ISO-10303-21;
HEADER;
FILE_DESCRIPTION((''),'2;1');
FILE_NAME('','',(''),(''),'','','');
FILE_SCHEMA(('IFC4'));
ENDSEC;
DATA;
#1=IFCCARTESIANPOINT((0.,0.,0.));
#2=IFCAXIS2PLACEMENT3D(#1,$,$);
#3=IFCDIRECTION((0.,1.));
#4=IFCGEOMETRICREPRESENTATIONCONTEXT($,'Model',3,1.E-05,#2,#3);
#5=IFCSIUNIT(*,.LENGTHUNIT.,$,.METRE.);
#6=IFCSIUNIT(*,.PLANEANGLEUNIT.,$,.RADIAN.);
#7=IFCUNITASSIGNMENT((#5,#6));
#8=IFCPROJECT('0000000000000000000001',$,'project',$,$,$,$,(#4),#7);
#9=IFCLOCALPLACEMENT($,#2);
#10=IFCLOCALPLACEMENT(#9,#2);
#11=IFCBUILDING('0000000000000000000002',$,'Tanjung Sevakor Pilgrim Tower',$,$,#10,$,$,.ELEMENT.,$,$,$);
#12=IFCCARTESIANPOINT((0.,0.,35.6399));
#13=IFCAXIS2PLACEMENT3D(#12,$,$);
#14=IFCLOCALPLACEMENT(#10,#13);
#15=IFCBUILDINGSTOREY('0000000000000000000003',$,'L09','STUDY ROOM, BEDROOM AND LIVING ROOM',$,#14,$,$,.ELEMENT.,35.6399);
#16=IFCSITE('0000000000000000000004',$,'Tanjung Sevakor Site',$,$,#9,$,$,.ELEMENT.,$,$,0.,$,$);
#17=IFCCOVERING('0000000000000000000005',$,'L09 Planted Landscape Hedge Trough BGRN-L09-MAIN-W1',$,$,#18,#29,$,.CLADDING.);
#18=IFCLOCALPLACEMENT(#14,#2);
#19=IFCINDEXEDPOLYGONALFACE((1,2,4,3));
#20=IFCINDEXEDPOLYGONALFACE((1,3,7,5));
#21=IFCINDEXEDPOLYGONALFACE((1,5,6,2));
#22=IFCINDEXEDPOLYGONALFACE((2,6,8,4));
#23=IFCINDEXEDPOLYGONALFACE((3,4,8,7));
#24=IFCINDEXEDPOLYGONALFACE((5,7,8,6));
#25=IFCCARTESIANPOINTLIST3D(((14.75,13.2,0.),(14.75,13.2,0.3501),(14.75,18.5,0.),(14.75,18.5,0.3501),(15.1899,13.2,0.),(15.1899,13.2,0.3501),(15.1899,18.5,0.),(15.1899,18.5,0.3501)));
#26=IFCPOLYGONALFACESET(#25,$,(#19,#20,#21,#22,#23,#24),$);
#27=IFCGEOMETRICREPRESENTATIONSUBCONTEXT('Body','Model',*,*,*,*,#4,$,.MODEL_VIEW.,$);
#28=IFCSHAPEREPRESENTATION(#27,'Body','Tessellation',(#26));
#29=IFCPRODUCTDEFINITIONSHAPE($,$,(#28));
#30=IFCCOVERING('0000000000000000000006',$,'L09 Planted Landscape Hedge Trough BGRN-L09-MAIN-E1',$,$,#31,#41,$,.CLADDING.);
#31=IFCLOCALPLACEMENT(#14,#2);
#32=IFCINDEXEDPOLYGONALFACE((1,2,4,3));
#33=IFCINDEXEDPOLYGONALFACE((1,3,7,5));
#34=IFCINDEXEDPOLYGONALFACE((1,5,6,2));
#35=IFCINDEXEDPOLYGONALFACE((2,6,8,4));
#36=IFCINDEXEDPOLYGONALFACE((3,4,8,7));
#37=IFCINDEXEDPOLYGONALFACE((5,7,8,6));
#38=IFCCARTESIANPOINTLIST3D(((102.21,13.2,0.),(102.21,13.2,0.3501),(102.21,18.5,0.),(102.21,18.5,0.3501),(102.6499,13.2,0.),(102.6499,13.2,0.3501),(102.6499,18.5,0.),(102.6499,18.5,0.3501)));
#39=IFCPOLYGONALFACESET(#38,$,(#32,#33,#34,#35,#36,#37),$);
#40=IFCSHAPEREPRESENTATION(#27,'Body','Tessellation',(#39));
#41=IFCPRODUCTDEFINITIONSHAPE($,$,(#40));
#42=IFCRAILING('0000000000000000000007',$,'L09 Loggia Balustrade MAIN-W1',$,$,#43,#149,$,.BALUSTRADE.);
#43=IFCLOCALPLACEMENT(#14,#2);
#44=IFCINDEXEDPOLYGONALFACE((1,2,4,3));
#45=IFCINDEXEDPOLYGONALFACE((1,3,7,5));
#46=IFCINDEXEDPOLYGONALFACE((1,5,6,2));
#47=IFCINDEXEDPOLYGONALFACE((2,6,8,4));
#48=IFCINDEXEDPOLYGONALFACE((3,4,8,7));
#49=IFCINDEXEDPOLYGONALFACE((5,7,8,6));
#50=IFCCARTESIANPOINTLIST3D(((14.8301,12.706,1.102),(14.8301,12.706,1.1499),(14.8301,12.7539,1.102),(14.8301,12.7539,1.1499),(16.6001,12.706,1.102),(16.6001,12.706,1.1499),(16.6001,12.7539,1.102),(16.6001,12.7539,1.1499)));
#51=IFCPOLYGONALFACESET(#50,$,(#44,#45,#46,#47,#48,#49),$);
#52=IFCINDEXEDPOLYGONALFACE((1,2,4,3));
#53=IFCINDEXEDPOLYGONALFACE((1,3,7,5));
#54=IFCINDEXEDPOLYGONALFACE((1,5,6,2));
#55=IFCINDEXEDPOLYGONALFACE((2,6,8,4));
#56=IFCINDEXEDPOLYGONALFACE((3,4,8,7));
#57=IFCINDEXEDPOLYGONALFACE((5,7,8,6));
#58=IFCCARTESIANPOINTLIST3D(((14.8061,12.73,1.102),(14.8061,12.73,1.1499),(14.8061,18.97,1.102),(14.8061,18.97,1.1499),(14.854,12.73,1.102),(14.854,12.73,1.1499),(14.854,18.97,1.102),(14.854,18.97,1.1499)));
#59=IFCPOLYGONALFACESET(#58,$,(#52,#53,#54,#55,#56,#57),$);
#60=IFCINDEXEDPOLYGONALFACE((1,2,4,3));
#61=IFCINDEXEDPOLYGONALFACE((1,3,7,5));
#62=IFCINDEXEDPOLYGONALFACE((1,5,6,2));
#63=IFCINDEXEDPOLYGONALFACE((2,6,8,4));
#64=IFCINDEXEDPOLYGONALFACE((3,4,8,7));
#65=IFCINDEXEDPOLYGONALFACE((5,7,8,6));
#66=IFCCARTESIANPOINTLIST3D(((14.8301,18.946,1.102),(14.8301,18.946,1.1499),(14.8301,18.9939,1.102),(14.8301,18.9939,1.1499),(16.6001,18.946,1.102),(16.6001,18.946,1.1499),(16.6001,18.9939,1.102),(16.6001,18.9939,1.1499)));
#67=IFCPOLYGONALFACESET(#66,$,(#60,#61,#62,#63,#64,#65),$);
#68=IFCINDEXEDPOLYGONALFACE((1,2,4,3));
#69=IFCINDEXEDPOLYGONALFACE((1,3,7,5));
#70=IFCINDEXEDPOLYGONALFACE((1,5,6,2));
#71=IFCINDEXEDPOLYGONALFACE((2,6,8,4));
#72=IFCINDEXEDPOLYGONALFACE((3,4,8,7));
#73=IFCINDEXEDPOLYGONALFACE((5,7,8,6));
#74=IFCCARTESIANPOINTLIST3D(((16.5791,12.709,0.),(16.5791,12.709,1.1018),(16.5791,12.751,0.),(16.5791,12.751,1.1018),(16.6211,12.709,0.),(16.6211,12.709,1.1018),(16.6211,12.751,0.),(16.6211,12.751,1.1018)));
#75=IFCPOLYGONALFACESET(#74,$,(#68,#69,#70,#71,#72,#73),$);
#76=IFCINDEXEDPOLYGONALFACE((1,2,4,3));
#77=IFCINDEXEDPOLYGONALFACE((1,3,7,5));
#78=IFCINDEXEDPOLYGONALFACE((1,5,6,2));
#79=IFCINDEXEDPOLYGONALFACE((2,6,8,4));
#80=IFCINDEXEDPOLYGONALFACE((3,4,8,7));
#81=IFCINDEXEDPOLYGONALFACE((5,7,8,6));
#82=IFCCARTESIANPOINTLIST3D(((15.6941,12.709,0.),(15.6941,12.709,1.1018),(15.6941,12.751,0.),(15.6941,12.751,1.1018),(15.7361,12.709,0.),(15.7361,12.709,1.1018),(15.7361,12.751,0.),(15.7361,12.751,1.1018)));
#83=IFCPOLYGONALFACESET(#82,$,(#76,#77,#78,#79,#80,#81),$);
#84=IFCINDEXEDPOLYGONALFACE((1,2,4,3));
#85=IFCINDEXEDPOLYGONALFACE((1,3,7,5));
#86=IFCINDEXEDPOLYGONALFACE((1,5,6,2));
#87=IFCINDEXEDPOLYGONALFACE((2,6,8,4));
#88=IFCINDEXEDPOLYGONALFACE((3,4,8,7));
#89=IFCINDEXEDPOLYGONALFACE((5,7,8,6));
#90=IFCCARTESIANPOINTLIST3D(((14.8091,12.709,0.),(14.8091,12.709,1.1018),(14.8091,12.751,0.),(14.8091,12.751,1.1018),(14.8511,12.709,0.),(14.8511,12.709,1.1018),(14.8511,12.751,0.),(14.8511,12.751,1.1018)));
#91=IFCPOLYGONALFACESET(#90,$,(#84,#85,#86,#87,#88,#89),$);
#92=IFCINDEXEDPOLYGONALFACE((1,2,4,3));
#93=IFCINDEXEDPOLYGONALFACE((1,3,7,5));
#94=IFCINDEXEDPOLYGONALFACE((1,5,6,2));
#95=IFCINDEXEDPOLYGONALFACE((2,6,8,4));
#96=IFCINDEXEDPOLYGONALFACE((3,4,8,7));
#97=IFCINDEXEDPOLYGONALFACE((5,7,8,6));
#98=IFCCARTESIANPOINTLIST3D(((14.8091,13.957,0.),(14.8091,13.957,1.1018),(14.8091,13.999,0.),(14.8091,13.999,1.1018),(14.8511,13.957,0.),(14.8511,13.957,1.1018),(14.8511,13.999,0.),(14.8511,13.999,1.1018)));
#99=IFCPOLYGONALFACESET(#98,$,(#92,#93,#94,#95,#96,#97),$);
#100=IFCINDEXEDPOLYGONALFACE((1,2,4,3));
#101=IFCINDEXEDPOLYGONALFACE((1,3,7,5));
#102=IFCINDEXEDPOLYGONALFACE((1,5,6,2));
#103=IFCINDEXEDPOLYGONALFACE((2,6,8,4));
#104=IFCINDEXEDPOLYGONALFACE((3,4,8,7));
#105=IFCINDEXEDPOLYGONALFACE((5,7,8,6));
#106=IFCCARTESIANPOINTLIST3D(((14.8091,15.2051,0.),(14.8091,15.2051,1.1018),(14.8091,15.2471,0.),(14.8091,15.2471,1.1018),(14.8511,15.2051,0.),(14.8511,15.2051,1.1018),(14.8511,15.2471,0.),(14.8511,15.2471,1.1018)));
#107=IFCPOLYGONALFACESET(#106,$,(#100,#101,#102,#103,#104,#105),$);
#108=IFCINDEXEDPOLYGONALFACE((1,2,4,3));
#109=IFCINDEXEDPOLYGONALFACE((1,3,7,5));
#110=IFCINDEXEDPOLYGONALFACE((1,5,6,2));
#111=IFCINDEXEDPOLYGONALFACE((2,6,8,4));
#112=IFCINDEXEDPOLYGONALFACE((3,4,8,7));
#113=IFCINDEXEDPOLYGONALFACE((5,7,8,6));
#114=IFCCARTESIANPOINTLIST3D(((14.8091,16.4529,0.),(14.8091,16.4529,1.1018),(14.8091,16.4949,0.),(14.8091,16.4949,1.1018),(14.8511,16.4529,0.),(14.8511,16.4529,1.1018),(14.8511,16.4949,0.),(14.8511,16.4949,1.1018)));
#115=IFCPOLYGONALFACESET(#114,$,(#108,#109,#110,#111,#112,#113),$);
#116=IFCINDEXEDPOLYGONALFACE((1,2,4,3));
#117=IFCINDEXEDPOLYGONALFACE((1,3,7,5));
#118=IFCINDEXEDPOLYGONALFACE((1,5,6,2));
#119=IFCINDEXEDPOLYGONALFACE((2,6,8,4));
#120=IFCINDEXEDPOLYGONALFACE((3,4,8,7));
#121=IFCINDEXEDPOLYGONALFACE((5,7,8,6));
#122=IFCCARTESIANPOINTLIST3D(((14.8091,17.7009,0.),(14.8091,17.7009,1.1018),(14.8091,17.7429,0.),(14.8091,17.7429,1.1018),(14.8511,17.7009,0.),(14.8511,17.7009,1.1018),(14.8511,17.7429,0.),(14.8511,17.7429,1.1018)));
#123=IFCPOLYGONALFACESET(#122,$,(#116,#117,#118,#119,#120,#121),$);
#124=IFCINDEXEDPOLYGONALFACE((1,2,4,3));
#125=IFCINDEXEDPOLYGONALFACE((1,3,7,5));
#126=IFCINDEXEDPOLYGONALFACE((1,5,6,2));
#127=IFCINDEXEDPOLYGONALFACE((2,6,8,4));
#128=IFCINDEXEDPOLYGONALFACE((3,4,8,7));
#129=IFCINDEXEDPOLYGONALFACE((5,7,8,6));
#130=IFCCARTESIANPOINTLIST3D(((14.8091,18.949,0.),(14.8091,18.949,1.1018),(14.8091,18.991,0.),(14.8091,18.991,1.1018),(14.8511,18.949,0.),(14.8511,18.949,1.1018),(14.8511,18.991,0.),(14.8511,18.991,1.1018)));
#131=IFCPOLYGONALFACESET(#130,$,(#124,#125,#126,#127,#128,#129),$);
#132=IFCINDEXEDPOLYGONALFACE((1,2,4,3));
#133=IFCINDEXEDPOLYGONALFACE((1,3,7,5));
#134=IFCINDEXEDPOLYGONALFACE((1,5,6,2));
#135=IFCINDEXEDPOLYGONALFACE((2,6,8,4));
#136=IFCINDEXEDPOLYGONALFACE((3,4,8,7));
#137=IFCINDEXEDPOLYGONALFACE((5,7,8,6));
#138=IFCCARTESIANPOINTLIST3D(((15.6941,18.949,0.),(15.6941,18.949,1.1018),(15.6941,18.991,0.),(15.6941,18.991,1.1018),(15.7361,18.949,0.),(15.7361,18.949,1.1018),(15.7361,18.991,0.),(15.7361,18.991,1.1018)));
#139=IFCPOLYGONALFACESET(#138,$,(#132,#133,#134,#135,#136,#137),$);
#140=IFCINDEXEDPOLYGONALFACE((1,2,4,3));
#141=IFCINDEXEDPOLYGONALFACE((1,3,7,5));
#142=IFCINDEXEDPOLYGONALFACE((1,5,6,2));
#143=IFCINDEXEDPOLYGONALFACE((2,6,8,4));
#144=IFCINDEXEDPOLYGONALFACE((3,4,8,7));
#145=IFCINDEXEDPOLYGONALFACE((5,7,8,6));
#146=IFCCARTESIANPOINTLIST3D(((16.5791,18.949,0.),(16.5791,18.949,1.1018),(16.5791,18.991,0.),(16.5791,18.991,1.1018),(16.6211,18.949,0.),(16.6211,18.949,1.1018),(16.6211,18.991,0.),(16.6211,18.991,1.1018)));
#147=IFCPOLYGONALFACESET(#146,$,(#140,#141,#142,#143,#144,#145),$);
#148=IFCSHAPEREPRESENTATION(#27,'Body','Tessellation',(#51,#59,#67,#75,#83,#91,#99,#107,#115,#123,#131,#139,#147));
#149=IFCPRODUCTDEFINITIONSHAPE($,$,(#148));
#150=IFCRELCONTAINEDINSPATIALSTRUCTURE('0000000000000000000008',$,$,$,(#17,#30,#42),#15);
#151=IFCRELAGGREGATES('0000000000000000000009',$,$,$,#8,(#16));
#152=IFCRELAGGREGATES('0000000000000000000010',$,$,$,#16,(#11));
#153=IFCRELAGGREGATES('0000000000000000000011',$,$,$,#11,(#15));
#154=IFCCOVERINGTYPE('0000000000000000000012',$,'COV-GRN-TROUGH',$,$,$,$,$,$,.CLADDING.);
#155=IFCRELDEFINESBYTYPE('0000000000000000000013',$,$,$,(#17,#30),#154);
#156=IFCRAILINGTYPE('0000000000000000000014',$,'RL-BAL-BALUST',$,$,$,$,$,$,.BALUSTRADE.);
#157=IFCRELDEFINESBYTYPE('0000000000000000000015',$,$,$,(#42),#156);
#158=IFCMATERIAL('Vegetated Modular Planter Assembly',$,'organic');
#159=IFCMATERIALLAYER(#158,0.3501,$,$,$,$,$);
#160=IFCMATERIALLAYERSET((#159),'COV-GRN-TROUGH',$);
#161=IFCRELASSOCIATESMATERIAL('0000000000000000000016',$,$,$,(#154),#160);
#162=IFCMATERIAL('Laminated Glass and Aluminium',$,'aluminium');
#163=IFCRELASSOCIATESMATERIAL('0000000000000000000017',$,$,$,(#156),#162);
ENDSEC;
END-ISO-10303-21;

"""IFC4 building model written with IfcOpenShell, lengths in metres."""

from ifc_helpers import new_model, si_unit, direction, frame, origin, place, context, subcontext, project, spatial, polyline, rectangle, outline, extrude, material, layer, layer_set, type_object, element, save


model = new_model("IFC4")

# Units and contexts
model_context = context("Model", 3, precision=1e-05, world=origin(), true_north=direction((0.0, 1.0)))
body_context = subcontext(model_context, "Body", "Model", "MODEL_VIEW")
ifc_project = project(units=[si_unit("LENGTHUNIT", "METRE"), si_unit("PLANEANGLEUNIT", "RADIAN")], contexts=[model_context])

# Site, building, storey
site_placement = place(None, origin())
site = spatial("IfcSite", under=ifc_project, at=site_placement, Name="Tanjung Sevakor Site", CompositionType="ELEMENT", RefElevation=0.0)
building_placement = place(site_placement, origin())
building = spatial("IfcBuilding", under=site, at=building_placement, Name="Tanjung Sevakor Pilgrim Tower", CompositionType="ELEMENT")
storey_placement = place(building_placement, frame((0.0, 0.0, 35.6399)))
storey = spatial("IfcBuildingStorey", under=building, at=storey_placement, Name="L09", Description="STUDY ROOM, BEDROOM AND LIVING ROOM", CompositionType="ELEMENT", Elevation=35.6399)

# Coverings
ifc_material_1 = material(Name="Vegetated Modular Planter Assembly", Category="organic")
ifc_layer_1 = layer(ifc_material_1, 0.3501)
ifc_layer_set_1 = layer_set([ifc_layer_1], Name="COV-GRN-TROUGH")
covering_type_1 = type_object("IfcCoveringType", Name="COV-GRN-TROUGH", PredefinedType="CLADDING", material=ifc_layer_set_1)
covering_1_placement = place(storey_placement, origin())
element("IfcCovering", 1, at=covering_1_placement, inside=storey, type_object=covering_type_1, Name="L09 Planted Landscape Hedge Trough BGRN-L09-MAIN-W1", PredefinedType="CLADDING", context=body_context, shape_type="SweptSolid", body=[
    extrude(outline(polyline([(15.1899, 13.2), (15.1899, 18.5), (14.75, 18.5), (14.75, 13.2), (15.1899, 13.2)])), origin(), (0.0, 0.0, 1.0), 0.3501),
])
covering_2_placement = place(storey_placement, origin())
element("IfcCovering", 2, at=covering_2_placement, inside=storey, type_object=covering_type_1, Name="L09 Planted Landscape Hedge Trough BGRN-L09-MAIN-E1", PredefinedType="CLADDING", context=body_context, shape_type="SweptSolid", body=[
    extrude(outline(polyline([(102.6499, 13.2), (102.6499, 18.5), (102.21, 18.5), (102.21, 13.2), (102.6499, 13.2)])), origin(), (0.0, 0.0, 1.0), 0.3501),
])

# Railing
ifc_material_2 = material(Name="Laminated Glass and Aluminium", Category="aluminium")
railing_type = type_object("IfcRailingType", Name="RL-BAL-BALUST", PredefinedType="BALUSTRADE", material=ifc_material_2)
railing_placement = place(storey_placement, frame((16.6001, 12.73, 0.0)))
element("IfcRailing", 3, at=railing_placement, inside=storey, type_object=railing_type, Name="L09 Loggia Balustrade MAIN-W1", PredefinedType="BALUSTRADE", context=body_context, shape_type="SweptSolid", body=[
    extrude(rectangle(XDim=0.0479, YDim=0.0479), frame((0.0, 0.0, 1.126), z_axis=(-1.0, 0.0, 0.0), x_axis=(0.0, -1.0, 0.0)), (0.0, 0.0, 1.0), 1.77),
    extrude(rectangle(XDim=0.0479, YDim=0.0479), frame((-1.77, 0.0, 1.126), z_axis=(0.0, 1.0, 0.0), x_axis=(-1.0, 0.0, 0.0)), (0.0, 0.0, 1.0), 6.24),
    extrude(rectangle(XDim=0.0479, YDim=0.0479), frame((-1.77, 6.24, 1.126), z_axis=(1.0, 0.0, 0.0), x_axis=(0.0, 1.0, 0.0)), (0.0, 0.0, 1.0), 1.77),
    extrude(rectangle(XDim=0.042, YDim=0.042), origin(), (0.0, 0.0, 1.0), 1.1018),
    extrude(rectangle(XDim=0.042, YDim=0.042), frame((-0.885, 0.0, 0.0)), (0.0, 0.0, 1.0), 1.1018),
    extrude(rectangle(XDim=0.042, YDim=0.042), frame((-1.77, 0.0, 0.0)), (0.0, 0.0, 1.0), 1.1018),
    extrude(rectangle(XDim=0.042, YDim=0.042), frame((-1.77, 1.248, 0.0)), (0.0, 0.0, 1.0), 1.1018),
    extrude(rectangle(XDim=0.042, YDim=0.042), frame((-1.77, 2.4961, 0.0)), (0.0, 0.0, 1.0), 1.1018),
    extrude(rectangle(XDim=0.042, YDim=0.042), frame((-1.77, 3.7439, 0.0)), (0.0, 0.0, 1.0), 1.1018),
    extrude(rectangle(XDim=0.042, YDim=0.042), frame((-1.77, 4.9919, 0.0)), (0.0, 0.0, 1.0), 1.1018),
    extrude(rectangle(XDim=0.042, YDim=0.042), frame((-1.77, 6.24, 0.0)), (0.0, 0.0, 1.0), 1.1018),
    extrude(rectangle(XDim=0.042, YDim=0.042), frame((-0.885, 6.24, 0.0)), (0.0, 0.0, 1.0), 1.1018),
    extrude(rectangle(XDim=0.042, YDim=0.042), frame((0.0, 6.24, 0.0)), (0.0, 0.0, 1.0), 1.1018),
])

save(model, "model.ifc")
